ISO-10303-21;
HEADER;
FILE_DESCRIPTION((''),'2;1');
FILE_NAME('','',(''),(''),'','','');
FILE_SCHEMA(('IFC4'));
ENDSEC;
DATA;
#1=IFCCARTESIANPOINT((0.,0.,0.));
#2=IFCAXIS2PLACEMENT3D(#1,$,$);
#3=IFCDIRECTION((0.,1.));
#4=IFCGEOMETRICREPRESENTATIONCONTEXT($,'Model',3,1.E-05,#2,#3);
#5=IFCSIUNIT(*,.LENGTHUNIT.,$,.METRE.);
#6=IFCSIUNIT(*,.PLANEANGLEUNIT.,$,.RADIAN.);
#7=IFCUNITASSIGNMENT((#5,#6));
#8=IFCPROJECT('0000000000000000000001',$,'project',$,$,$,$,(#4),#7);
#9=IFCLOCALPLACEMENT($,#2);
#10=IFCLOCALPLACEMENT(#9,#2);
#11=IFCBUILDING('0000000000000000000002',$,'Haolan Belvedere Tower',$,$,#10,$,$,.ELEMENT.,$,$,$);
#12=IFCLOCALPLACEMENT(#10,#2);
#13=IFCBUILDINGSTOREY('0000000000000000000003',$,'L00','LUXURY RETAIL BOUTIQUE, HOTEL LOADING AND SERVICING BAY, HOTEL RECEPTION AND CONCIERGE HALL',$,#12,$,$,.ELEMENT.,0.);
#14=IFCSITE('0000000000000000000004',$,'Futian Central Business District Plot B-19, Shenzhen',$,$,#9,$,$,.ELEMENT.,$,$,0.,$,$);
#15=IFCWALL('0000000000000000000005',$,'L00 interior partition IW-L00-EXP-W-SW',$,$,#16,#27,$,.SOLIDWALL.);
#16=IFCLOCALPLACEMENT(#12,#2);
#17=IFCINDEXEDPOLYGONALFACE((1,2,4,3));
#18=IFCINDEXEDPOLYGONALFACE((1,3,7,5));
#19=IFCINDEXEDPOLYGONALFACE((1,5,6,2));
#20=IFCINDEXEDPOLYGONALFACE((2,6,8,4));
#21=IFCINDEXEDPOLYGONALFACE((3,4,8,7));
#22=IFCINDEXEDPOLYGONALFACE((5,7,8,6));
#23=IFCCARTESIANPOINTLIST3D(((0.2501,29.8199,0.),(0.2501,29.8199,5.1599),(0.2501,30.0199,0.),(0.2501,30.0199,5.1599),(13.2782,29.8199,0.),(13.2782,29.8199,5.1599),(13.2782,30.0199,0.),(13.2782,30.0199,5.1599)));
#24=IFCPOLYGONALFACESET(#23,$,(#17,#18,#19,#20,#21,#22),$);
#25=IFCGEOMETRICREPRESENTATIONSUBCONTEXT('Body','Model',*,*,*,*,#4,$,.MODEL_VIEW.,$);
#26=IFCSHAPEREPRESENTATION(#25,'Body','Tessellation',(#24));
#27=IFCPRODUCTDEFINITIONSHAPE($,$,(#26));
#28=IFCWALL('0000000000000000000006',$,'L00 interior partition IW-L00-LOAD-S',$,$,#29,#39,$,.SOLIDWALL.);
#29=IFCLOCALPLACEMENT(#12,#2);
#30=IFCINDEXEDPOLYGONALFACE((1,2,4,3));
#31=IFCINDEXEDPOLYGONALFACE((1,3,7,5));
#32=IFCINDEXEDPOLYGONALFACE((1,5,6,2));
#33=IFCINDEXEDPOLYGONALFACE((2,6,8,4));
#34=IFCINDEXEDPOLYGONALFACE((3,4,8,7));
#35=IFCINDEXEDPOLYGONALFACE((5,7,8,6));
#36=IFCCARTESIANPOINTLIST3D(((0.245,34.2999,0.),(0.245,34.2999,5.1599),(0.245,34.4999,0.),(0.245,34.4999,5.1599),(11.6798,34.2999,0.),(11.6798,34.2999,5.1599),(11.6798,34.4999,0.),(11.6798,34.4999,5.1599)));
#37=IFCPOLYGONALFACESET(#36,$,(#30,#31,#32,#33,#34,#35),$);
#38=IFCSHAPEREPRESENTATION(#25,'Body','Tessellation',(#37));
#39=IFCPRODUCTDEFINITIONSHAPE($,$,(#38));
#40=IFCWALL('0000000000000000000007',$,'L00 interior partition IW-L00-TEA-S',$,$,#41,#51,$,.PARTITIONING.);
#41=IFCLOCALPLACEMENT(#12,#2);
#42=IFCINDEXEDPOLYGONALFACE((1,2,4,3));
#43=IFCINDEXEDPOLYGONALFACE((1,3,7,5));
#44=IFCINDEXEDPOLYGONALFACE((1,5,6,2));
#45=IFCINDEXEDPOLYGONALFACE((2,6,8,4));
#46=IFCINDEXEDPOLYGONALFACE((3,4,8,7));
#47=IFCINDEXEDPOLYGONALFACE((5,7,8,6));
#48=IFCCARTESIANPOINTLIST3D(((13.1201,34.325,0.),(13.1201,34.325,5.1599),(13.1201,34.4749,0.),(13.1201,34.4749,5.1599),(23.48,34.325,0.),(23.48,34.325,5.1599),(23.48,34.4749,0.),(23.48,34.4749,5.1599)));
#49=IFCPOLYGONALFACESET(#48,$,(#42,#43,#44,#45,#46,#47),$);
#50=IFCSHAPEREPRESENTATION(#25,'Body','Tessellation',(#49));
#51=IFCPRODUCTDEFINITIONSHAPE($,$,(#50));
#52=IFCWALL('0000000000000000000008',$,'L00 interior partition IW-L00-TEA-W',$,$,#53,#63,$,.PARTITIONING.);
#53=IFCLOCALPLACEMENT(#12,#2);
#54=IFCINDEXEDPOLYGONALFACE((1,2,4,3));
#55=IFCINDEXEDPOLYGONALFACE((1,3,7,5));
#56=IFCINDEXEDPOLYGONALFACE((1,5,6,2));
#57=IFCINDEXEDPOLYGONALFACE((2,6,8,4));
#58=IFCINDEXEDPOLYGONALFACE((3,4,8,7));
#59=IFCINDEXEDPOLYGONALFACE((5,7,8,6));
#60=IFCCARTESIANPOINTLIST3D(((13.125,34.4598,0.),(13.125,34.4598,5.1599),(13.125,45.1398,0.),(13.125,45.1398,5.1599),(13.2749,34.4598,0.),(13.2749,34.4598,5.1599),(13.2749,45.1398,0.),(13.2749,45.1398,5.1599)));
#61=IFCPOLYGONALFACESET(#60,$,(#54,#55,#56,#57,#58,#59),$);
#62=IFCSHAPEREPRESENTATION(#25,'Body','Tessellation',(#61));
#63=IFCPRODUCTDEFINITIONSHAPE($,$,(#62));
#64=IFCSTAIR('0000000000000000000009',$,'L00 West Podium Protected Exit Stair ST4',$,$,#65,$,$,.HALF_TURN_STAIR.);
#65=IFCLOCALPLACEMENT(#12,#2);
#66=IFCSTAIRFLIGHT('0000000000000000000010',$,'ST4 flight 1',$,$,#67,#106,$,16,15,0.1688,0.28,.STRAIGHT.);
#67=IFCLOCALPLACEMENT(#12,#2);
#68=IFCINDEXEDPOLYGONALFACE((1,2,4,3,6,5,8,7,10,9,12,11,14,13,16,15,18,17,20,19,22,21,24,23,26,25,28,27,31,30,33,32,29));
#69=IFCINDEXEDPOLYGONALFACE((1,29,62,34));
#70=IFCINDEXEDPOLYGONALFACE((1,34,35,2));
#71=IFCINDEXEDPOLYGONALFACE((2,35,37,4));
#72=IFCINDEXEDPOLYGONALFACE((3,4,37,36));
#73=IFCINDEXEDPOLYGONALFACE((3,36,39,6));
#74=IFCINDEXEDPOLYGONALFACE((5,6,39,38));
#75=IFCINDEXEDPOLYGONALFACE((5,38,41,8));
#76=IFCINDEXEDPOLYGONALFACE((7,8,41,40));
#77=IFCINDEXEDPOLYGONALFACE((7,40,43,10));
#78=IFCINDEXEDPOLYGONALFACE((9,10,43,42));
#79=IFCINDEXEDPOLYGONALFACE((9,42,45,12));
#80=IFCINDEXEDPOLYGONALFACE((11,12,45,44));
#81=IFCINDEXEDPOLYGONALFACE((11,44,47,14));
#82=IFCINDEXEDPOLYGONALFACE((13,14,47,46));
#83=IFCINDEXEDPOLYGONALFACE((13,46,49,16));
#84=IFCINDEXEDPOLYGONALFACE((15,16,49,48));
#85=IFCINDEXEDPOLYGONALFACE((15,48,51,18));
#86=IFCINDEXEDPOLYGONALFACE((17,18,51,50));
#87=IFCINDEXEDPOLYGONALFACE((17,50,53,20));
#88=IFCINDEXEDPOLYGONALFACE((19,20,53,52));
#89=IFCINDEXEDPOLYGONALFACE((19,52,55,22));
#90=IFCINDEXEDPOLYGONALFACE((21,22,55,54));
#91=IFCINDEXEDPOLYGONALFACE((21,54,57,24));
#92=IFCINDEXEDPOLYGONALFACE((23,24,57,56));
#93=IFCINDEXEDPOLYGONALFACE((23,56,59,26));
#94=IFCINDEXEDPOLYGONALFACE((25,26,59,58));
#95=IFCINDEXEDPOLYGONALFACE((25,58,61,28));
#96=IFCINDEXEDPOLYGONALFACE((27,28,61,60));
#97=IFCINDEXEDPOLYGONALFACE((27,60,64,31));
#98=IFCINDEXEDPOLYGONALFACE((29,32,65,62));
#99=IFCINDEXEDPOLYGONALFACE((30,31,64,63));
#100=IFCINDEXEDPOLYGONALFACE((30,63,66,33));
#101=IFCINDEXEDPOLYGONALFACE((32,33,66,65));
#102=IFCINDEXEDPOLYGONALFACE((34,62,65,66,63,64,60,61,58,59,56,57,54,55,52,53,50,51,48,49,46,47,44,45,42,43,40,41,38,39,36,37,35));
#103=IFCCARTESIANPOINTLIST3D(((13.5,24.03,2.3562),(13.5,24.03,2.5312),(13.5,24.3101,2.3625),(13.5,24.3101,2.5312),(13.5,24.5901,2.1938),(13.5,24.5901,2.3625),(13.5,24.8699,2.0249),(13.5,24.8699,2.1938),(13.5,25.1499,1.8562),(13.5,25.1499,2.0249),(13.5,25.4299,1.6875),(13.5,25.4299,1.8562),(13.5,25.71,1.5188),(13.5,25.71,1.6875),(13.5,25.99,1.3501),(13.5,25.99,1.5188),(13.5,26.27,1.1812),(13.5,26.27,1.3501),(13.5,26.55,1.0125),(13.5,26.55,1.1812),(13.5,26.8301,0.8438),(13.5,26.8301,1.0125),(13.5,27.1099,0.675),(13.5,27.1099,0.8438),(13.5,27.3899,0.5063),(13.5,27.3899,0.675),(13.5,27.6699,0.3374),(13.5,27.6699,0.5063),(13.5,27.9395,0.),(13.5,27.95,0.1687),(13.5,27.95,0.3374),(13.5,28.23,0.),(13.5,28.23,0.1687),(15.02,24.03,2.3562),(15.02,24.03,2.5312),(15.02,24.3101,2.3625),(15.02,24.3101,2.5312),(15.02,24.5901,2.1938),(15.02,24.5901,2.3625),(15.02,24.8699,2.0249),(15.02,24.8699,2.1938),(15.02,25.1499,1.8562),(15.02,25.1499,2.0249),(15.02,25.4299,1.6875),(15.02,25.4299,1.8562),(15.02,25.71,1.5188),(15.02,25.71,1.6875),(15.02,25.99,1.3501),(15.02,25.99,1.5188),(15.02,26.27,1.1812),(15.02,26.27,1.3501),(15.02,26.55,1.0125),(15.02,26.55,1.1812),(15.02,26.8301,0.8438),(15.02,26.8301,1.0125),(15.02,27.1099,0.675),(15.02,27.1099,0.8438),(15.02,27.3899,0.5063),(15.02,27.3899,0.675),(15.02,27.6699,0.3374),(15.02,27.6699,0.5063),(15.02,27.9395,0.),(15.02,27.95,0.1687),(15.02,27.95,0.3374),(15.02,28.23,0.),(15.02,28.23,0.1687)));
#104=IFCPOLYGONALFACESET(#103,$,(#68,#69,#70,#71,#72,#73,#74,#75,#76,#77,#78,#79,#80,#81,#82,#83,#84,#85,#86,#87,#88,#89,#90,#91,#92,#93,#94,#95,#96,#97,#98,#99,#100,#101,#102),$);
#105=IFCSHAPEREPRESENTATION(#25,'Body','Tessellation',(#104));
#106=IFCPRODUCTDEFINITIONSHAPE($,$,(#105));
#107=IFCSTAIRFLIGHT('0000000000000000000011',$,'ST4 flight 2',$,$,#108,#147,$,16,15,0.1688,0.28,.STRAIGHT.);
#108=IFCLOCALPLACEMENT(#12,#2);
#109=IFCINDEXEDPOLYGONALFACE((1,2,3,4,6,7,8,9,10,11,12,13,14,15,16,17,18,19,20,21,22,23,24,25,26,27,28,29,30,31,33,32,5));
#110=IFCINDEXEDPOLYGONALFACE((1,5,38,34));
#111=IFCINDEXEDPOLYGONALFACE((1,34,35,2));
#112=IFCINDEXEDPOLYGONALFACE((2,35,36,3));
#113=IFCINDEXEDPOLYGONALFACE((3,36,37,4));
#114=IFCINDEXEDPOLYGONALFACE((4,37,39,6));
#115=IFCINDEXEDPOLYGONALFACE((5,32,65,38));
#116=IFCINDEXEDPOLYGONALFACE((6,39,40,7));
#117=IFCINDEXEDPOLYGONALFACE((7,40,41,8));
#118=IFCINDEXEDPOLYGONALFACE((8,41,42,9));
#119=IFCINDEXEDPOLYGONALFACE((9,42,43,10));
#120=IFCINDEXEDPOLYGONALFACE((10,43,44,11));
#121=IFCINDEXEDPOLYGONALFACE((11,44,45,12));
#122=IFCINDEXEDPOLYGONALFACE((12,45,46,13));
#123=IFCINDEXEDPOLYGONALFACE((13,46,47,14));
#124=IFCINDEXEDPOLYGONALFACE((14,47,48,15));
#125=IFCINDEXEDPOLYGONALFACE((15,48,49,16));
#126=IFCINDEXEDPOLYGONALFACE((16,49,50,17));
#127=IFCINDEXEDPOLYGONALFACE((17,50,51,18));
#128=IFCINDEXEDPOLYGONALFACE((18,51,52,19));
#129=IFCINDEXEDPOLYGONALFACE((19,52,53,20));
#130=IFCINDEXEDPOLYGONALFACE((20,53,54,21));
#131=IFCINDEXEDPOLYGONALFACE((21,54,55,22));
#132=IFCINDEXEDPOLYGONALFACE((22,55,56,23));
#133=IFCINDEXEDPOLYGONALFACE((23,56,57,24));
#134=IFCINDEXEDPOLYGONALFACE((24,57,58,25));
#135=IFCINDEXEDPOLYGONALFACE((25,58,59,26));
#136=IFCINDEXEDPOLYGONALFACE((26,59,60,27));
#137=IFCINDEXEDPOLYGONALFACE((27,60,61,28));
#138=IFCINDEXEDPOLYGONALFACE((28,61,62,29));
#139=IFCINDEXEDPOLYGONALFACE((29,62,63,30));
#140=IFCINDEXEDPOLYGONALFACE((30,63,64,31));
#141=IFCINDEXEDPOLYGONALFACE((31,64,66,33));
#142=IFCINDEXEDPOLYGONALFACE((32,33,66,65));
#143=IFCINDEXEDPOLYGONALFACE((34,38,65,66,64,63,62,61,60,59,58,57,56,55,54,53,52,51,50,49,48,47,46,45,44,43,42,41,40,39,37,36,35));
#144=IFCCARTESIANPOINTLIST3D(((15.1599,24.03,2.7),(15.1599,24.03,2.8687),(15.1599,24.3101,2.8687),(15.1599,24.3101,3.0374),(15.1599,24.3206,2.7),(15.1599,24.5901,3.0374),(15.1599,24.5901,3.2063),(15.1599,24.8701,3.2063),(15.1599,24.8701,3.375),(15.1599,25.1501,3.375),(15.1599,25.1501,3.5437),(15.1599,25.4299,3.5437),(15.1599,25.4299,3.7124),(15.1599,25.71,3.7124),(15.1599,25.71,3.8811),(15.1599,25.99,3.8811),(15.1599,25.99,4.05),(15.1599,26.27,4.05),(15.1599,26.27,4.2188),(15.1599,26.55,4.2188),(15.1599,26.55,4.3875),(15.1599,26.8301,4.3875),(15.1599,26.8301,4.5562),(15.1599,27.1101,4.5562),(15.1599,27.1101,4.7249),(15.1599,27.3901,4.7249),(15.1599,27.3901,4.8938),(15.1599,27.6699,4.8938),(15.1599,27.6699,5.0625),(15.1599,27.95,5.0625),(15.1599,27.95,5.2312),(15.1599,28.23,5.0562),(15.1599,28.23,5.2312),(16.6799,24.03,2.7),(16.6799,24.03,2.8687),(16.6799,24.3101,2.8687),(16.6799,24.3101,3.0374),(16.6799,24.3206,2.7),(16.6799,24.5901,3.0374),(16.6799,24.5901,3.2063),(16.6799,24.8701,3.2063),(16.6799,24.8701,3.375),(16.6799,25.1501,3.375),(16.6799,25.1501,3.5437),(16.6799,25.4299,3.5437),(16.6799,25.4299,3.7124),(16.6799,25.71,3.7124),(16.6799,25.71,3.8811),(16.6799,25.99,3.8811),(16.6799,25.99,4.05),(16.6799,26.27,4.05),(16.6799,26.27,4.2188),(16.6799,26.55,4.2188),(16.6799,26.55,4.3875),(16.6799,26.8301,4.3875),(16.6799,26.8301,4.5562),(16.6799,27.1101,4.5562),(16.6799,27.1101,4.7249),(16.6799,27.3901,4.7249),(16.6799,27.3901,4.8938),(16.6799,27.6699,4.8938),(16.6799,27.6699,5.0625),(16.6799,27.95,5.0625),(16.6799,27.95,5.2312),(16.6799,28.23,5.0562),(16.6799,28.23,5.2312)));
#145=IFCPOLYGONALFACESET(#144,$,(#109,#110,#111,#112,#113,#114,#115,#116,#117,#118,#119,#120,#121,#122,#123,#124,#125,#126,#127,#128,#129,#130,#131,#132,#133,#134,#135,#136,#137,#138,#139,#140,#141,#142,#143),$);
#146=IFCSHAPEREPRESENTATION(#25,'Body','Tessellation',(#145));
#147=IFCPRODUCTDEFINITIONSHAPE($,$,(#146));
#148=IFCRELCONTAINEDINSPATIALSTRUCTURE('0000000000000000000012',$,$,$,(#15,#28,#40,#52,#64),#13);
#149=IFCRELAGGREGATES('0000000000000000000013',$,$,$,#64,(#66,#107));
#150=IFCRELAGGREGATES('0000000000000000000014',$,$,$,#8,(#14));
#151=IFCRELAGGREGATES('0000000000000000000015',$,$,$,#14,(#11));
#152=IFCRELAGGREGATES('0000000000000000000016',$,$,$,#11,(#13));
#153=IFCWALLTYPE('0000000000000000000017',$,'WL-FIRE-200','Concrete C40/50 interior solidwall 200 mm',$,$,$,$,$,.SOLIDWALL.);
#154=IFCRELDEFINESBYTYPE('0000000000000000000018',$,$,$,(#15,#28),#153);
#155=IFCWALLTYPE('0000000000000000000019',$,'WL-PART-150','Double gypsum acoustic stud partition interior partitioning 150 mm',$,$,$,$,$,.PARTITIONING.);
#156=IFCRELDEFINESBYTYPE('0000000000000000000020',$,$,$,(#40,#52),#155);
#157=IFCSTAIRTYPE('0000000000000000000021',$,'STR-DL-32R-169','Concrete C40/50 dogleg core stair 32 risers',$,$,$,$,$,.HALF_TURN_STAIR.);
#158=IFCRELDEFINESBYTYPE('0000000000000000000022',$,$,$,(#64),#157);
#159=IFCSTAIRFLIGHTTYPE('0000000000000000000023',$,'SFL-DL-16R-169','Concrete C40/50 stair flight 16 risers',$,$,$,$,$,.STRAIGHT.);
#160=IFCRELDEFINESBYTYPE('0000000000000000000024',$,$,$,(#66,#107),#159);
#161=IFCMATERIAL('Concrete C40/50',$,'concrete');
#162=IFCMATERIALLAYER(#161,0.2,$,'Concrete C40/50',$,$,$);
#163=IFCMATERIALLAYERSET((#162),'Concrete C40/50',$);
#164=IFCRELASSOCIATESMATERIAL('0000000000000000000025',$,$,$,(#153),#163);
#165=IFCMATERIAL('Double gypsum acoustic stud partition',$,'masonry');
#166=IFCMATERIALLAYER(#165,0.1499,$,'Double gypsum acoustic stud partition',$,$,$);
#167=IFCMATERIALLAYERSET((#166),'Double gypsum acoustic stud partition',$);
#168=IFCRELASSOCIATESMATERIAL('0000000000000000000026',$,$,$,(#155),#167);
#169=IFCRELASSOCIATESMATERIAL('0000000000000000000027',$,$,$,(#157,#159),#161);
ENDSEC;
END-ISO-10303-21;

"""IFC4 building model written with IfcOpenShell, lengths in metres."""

from ifc_helpers import new_model, si_unit, direction, frame, frame_2d, origin, place, context, subcontext, project, spatial, polyline, rectangle, outline, extrude, material, layer, layer_set, type_object, element, aggregate, save


model = new_model("IFC4")

# Units and contexts
model_context = context("Model", 3, precision=1e-05, world=origin(), true_north=direction((0.0, 1.0)))
body_context = subcontext(model_context, "Body", "Model", "MODEL_VIEW")
ifc_project = project(units=[si_unit("LENGTHUNIT", "METRE"), si_unit("PLANEANGLEUNIT", "RADIAN")], contexts=[model_context])

# Site, building, storey
site_placement = place(None, origin())
site = spatial("IfcSite", under=ifc_project, at=site_placement, Name="Futian Central Business District Plot B-19, Shenzhen", CompositionType="ELEMENT", RefElevation=0.0)
building_placement = place(site_placement, origin())
building = spatial("IfcBuilding", under=site, at=building_placement, Name="Haolan Belvedere Tower", CompositionType="ELEMENT")
storey_placement = place(building_placement, origin())
storey = spatial("IfcBuildingStorey", under=building, at=storey_placement, Name="L00", Description="LUXURY RETAIL BOUTIQUE, HOTEL LOADING AND SERVICING BAY, HOTEL RECEPTION AND CONCIERGE HALL", CompositionType="ELEMENT", Elevation=0.0)

# Shared definitions
ifc_material_1 = material(Name="Concrete C40/50", Category="concrete")
ifc_layer_1 = layer(ifc_material_1, 0.2, Name="Concrete C40/50")
ifc_layer_set_1 = layer_set([ifc_layer_1], Name="Concrete C40/50")
wall_type_1 = type_object("IfcWallType", Name="WL-FIRE-200", Description="Concrete C40/50 interior solidwall 200 mm", PredefinedType="SOLIDWALL", material=ifc_layer_set_1)

# Walls
wall_1_placement = place(storey_placement, frame((0.25, 29.9199, 0.0), z_axis=(0.0, 0.0, 1.0), x_axis=(1.0, 0.0, 0.0)))
element("IfcWall", 1, at=wall_1_placement, inside=storey, type_object=wall_type_1, Name="L00 interior partition IW-L00-EXP-W-SW", PredefinedType="SOLIDWALL", context=body_context, shape_type="SweptSolid", body=[
    extrude(rectangle(XDim=13.0281, YDim=0.2, at=frame_2d((6.5142, 0.0))), origin(), (0.0, 0.0, 1.0), 5.1599),
])
wall_2_placement = place(storey_placement, frame((0.2451, 34.3999, 0.0), z_axis=(0.0, 0.0, 1.0), x_axis=(1.0, 0.0, 0.0)))
element("IfcWall", 2, at=wall_2_placement, inside=storey, type_object=wall_type_1, Name="L00 interior partition IW-L00-LOAD-S", PredefinedType="SOLIDWALL", context=body_context, shape_type="SweptSolid", body=[
    extrude(rectangle(XDim=11.4348, YDim=0.2, at=frame_2d((5.7173, 0.0))), origin(), (0.0, 0.0, 1.0), 5.1599),
])
ifc_material_2 = material(Name="Double gypsum acoustic stud partition", Category="masonry")
ifc_layer_2 = layer(ifc_material_2, 0.1499, Name="Double gypsum acoustic stud partition")
ifc_layer_set_2 = layer_set([ifc_layer_2], Name="Double gypsum acoustic stud partition")
wall_type_2 = type_object("IfcWallType", Name="WL-PART-150", Description="Double gypsum acoustic stud partition interior partitioning 150 mm", PredefinedType="PARTITIONING", material=ifc_layer_set_2)
wall_3_placement = place(storey_placement, frame((13.1201, 34.3999, 0.0), z_axis=(0.0, 0.0, 1.0), x_axis=(1.0, 0.0, 0.0)))
element("IfcWall", 3, at=wall_3_placement, inside=storey, type_object=wall_type_2, Name="L00 interior partition IW-L00-TEA-S", PredefinedType="PARTITIONING", context=body_context, shape_type="SweptSolid", body=[
    extrude(rectangle(XDim=10.3599, YDim=0.1499, at=frame_2d((5.1799, 0.0))), origin(), (0.0, 0.0, 1.0), 5.1599),
])
wall_4_placement = place(storey_placement, frame((13.2, 34.46, 0.0), z_axis=(0.0, 0.0, 1.0), x_axis=(0.0, 1.0, 0.0)))
element("IfcWall", 4, at=wall_4_placement, inside=storey, type_object=wall_type_2, Name="L00 interior partition IW-L00-TEA-W", PredefinedType="PARTITIONING", context=body_context, shape_type="SweptSolid", body=[
    extrude(rectangle(XDim=10.6799, YDim=0.1499, at=frame_2d((5.3398, 0.0))), origin(), (0.0, 0.0, 1.0), 5.1599),
])

# Stair, stair flights
stair_type = type_object("IfcStairType", Name="STR-DL-32R-169", Description="Concrete C40/50 dogleg core stair 32 risers", PredefinedType="HALF_TURN_STAIR", material=ifc_material_1)
stair_placement = place(storey_placement, origin())
stair = element("IfcStair", 5, at=stair_placement, inside=storey, type_object=stair_type, Name="L00 West Podium Protected Exit Stair ST4", PredefinedType="HALF_TURN_STAIR")
stair_flight_type = type_object("IfcStairFlightType", Name="SFL-DL-16R-169", Description="Concrete C40/50 stair flight 16 risers", PredefinedType="STRAIGHT", material=ifc_material_1)
stair_flight_1_placement = place(storey_placement, frame((14.26, 28.23, 0.0), z_axis=(0.0, 0.0, 1.0), x_axis=(0.0, -1.0, 0.0)))
stair_flight_1 = element("IfcStairFlight", 6, at=stair_flight_1_placement, type_object=stair_flight_type, Name="ST4 flight 1", NumberOfRisers=16, NumberOfTreads=15, PredefinedType="STRAIGHT", RiserHeight=0.1688, TreadLength=0.28, context=body_context, shape_type="SweptSolid", body=[
    extrude(outline(polyline([(0.0, 0.0), (0.0, 0.1687), (0.28, 0.1687), (0.28, 0.3374), (0.5601, 0.3374), (0.5601, 0.5063), (0.8401, 0.5063), (0.8401, 0.675), (1.1201, 0.675), (1.1201, 0.8438), (1.3999, 0.8438), (1.3999, 1.0125), (1.6799, 1.0125), (1.6799, 1.1812), (1.96, 1.1812), (1.96, 1.3501), (2.24, 1.3501), (2.24, 1.5188), (2.52, 1.5188), (2.52, 1.6875), (2.8, 1.6875), (2.8, 1.8562), (3.0801, 1.8562), (3.0801, 2.0249), (3.3601, 2.0249), (3.3601, 2.1938), (3.6399, 2.1938), (3.6399, 2.3625), (3.9199, 2.3625), (3.9199, 2.5312), (4.2, 2.5312), (4.2, 2.7), (4.2, 2.3562), (0.2905, 0.0), (0.0, 0.0)])), frame((0.0, 0.76, 0.0), z_axis=(0.0, -1.0, 0.0), x_axis=(1.0, 0.0, 0.0)), (0.0, 0.0, 1.0), 1.52),
])
stair_flight_2_placement = place(storey_placement, frame((15.9199, 24.03, 2.7), z_axis=(0.0, 0.0, 1.0), x_axis=(0.0, 1.0, 0.0)))
stair_flight_2 = element("IfcStairFlight", 7, at=stair_flight_2_placement, type_object=stair_flight_type, Name="ST4 flight 2", NumberOfRisers=16, NumberOfTreads=15, PredefinedType="STRAIGHT", RiserHeight=0.1688, TreadLength=0.28, context=body_context, shape_type="SweptSolid", body=[
    extrude(outline(polyline([(0.0, 0.0), (0.0, 0.1687), (0.28, 0.1687), (0.28, 0.3374), (0.5601, 0.3374), (0.5601, 0.5063), (0.8401, 0.5063), (0.8401, 0.675), (1.1201, 0.675), (1.1201, 0.8438), (1.3999, 0.8438), (1.3999, 1.0125), (1.6799, 1.0125), (1.6799, 1.1812), (1.96, 1.1812), (1.96, 1.3501), (2.24, 1.3501), (2.24, 1.5188), (2.52, 1.5188), (2.52, 1.6875), (2.8, 1.6875), (2.8, 1.8562), (3.0801, 1.8562), (3.0801, 2.0249), (3.3601, 2.0249), (3.3601, 2.1938), (3.6399, 2.1938), (3.6399, 2.3625), (3.9199, 2.3625), (3.9199, 2.5312), (4.2, 2.5312), (4.2, 2.7), (4.2, 2.3562), (0.2905, 0.0), (0.0, 0.0)])), frame((0.0, 0.76, 0.0), z_axis=(0.0, -1.0, 0.0), x_axis=(1.0, 0.0, 0.0)), (0.0, 0.0, 1.0), 1.52),
])
aggregate(stair, [stair_flight_1, stair_flight_2])

save(model, "model.ifc")
